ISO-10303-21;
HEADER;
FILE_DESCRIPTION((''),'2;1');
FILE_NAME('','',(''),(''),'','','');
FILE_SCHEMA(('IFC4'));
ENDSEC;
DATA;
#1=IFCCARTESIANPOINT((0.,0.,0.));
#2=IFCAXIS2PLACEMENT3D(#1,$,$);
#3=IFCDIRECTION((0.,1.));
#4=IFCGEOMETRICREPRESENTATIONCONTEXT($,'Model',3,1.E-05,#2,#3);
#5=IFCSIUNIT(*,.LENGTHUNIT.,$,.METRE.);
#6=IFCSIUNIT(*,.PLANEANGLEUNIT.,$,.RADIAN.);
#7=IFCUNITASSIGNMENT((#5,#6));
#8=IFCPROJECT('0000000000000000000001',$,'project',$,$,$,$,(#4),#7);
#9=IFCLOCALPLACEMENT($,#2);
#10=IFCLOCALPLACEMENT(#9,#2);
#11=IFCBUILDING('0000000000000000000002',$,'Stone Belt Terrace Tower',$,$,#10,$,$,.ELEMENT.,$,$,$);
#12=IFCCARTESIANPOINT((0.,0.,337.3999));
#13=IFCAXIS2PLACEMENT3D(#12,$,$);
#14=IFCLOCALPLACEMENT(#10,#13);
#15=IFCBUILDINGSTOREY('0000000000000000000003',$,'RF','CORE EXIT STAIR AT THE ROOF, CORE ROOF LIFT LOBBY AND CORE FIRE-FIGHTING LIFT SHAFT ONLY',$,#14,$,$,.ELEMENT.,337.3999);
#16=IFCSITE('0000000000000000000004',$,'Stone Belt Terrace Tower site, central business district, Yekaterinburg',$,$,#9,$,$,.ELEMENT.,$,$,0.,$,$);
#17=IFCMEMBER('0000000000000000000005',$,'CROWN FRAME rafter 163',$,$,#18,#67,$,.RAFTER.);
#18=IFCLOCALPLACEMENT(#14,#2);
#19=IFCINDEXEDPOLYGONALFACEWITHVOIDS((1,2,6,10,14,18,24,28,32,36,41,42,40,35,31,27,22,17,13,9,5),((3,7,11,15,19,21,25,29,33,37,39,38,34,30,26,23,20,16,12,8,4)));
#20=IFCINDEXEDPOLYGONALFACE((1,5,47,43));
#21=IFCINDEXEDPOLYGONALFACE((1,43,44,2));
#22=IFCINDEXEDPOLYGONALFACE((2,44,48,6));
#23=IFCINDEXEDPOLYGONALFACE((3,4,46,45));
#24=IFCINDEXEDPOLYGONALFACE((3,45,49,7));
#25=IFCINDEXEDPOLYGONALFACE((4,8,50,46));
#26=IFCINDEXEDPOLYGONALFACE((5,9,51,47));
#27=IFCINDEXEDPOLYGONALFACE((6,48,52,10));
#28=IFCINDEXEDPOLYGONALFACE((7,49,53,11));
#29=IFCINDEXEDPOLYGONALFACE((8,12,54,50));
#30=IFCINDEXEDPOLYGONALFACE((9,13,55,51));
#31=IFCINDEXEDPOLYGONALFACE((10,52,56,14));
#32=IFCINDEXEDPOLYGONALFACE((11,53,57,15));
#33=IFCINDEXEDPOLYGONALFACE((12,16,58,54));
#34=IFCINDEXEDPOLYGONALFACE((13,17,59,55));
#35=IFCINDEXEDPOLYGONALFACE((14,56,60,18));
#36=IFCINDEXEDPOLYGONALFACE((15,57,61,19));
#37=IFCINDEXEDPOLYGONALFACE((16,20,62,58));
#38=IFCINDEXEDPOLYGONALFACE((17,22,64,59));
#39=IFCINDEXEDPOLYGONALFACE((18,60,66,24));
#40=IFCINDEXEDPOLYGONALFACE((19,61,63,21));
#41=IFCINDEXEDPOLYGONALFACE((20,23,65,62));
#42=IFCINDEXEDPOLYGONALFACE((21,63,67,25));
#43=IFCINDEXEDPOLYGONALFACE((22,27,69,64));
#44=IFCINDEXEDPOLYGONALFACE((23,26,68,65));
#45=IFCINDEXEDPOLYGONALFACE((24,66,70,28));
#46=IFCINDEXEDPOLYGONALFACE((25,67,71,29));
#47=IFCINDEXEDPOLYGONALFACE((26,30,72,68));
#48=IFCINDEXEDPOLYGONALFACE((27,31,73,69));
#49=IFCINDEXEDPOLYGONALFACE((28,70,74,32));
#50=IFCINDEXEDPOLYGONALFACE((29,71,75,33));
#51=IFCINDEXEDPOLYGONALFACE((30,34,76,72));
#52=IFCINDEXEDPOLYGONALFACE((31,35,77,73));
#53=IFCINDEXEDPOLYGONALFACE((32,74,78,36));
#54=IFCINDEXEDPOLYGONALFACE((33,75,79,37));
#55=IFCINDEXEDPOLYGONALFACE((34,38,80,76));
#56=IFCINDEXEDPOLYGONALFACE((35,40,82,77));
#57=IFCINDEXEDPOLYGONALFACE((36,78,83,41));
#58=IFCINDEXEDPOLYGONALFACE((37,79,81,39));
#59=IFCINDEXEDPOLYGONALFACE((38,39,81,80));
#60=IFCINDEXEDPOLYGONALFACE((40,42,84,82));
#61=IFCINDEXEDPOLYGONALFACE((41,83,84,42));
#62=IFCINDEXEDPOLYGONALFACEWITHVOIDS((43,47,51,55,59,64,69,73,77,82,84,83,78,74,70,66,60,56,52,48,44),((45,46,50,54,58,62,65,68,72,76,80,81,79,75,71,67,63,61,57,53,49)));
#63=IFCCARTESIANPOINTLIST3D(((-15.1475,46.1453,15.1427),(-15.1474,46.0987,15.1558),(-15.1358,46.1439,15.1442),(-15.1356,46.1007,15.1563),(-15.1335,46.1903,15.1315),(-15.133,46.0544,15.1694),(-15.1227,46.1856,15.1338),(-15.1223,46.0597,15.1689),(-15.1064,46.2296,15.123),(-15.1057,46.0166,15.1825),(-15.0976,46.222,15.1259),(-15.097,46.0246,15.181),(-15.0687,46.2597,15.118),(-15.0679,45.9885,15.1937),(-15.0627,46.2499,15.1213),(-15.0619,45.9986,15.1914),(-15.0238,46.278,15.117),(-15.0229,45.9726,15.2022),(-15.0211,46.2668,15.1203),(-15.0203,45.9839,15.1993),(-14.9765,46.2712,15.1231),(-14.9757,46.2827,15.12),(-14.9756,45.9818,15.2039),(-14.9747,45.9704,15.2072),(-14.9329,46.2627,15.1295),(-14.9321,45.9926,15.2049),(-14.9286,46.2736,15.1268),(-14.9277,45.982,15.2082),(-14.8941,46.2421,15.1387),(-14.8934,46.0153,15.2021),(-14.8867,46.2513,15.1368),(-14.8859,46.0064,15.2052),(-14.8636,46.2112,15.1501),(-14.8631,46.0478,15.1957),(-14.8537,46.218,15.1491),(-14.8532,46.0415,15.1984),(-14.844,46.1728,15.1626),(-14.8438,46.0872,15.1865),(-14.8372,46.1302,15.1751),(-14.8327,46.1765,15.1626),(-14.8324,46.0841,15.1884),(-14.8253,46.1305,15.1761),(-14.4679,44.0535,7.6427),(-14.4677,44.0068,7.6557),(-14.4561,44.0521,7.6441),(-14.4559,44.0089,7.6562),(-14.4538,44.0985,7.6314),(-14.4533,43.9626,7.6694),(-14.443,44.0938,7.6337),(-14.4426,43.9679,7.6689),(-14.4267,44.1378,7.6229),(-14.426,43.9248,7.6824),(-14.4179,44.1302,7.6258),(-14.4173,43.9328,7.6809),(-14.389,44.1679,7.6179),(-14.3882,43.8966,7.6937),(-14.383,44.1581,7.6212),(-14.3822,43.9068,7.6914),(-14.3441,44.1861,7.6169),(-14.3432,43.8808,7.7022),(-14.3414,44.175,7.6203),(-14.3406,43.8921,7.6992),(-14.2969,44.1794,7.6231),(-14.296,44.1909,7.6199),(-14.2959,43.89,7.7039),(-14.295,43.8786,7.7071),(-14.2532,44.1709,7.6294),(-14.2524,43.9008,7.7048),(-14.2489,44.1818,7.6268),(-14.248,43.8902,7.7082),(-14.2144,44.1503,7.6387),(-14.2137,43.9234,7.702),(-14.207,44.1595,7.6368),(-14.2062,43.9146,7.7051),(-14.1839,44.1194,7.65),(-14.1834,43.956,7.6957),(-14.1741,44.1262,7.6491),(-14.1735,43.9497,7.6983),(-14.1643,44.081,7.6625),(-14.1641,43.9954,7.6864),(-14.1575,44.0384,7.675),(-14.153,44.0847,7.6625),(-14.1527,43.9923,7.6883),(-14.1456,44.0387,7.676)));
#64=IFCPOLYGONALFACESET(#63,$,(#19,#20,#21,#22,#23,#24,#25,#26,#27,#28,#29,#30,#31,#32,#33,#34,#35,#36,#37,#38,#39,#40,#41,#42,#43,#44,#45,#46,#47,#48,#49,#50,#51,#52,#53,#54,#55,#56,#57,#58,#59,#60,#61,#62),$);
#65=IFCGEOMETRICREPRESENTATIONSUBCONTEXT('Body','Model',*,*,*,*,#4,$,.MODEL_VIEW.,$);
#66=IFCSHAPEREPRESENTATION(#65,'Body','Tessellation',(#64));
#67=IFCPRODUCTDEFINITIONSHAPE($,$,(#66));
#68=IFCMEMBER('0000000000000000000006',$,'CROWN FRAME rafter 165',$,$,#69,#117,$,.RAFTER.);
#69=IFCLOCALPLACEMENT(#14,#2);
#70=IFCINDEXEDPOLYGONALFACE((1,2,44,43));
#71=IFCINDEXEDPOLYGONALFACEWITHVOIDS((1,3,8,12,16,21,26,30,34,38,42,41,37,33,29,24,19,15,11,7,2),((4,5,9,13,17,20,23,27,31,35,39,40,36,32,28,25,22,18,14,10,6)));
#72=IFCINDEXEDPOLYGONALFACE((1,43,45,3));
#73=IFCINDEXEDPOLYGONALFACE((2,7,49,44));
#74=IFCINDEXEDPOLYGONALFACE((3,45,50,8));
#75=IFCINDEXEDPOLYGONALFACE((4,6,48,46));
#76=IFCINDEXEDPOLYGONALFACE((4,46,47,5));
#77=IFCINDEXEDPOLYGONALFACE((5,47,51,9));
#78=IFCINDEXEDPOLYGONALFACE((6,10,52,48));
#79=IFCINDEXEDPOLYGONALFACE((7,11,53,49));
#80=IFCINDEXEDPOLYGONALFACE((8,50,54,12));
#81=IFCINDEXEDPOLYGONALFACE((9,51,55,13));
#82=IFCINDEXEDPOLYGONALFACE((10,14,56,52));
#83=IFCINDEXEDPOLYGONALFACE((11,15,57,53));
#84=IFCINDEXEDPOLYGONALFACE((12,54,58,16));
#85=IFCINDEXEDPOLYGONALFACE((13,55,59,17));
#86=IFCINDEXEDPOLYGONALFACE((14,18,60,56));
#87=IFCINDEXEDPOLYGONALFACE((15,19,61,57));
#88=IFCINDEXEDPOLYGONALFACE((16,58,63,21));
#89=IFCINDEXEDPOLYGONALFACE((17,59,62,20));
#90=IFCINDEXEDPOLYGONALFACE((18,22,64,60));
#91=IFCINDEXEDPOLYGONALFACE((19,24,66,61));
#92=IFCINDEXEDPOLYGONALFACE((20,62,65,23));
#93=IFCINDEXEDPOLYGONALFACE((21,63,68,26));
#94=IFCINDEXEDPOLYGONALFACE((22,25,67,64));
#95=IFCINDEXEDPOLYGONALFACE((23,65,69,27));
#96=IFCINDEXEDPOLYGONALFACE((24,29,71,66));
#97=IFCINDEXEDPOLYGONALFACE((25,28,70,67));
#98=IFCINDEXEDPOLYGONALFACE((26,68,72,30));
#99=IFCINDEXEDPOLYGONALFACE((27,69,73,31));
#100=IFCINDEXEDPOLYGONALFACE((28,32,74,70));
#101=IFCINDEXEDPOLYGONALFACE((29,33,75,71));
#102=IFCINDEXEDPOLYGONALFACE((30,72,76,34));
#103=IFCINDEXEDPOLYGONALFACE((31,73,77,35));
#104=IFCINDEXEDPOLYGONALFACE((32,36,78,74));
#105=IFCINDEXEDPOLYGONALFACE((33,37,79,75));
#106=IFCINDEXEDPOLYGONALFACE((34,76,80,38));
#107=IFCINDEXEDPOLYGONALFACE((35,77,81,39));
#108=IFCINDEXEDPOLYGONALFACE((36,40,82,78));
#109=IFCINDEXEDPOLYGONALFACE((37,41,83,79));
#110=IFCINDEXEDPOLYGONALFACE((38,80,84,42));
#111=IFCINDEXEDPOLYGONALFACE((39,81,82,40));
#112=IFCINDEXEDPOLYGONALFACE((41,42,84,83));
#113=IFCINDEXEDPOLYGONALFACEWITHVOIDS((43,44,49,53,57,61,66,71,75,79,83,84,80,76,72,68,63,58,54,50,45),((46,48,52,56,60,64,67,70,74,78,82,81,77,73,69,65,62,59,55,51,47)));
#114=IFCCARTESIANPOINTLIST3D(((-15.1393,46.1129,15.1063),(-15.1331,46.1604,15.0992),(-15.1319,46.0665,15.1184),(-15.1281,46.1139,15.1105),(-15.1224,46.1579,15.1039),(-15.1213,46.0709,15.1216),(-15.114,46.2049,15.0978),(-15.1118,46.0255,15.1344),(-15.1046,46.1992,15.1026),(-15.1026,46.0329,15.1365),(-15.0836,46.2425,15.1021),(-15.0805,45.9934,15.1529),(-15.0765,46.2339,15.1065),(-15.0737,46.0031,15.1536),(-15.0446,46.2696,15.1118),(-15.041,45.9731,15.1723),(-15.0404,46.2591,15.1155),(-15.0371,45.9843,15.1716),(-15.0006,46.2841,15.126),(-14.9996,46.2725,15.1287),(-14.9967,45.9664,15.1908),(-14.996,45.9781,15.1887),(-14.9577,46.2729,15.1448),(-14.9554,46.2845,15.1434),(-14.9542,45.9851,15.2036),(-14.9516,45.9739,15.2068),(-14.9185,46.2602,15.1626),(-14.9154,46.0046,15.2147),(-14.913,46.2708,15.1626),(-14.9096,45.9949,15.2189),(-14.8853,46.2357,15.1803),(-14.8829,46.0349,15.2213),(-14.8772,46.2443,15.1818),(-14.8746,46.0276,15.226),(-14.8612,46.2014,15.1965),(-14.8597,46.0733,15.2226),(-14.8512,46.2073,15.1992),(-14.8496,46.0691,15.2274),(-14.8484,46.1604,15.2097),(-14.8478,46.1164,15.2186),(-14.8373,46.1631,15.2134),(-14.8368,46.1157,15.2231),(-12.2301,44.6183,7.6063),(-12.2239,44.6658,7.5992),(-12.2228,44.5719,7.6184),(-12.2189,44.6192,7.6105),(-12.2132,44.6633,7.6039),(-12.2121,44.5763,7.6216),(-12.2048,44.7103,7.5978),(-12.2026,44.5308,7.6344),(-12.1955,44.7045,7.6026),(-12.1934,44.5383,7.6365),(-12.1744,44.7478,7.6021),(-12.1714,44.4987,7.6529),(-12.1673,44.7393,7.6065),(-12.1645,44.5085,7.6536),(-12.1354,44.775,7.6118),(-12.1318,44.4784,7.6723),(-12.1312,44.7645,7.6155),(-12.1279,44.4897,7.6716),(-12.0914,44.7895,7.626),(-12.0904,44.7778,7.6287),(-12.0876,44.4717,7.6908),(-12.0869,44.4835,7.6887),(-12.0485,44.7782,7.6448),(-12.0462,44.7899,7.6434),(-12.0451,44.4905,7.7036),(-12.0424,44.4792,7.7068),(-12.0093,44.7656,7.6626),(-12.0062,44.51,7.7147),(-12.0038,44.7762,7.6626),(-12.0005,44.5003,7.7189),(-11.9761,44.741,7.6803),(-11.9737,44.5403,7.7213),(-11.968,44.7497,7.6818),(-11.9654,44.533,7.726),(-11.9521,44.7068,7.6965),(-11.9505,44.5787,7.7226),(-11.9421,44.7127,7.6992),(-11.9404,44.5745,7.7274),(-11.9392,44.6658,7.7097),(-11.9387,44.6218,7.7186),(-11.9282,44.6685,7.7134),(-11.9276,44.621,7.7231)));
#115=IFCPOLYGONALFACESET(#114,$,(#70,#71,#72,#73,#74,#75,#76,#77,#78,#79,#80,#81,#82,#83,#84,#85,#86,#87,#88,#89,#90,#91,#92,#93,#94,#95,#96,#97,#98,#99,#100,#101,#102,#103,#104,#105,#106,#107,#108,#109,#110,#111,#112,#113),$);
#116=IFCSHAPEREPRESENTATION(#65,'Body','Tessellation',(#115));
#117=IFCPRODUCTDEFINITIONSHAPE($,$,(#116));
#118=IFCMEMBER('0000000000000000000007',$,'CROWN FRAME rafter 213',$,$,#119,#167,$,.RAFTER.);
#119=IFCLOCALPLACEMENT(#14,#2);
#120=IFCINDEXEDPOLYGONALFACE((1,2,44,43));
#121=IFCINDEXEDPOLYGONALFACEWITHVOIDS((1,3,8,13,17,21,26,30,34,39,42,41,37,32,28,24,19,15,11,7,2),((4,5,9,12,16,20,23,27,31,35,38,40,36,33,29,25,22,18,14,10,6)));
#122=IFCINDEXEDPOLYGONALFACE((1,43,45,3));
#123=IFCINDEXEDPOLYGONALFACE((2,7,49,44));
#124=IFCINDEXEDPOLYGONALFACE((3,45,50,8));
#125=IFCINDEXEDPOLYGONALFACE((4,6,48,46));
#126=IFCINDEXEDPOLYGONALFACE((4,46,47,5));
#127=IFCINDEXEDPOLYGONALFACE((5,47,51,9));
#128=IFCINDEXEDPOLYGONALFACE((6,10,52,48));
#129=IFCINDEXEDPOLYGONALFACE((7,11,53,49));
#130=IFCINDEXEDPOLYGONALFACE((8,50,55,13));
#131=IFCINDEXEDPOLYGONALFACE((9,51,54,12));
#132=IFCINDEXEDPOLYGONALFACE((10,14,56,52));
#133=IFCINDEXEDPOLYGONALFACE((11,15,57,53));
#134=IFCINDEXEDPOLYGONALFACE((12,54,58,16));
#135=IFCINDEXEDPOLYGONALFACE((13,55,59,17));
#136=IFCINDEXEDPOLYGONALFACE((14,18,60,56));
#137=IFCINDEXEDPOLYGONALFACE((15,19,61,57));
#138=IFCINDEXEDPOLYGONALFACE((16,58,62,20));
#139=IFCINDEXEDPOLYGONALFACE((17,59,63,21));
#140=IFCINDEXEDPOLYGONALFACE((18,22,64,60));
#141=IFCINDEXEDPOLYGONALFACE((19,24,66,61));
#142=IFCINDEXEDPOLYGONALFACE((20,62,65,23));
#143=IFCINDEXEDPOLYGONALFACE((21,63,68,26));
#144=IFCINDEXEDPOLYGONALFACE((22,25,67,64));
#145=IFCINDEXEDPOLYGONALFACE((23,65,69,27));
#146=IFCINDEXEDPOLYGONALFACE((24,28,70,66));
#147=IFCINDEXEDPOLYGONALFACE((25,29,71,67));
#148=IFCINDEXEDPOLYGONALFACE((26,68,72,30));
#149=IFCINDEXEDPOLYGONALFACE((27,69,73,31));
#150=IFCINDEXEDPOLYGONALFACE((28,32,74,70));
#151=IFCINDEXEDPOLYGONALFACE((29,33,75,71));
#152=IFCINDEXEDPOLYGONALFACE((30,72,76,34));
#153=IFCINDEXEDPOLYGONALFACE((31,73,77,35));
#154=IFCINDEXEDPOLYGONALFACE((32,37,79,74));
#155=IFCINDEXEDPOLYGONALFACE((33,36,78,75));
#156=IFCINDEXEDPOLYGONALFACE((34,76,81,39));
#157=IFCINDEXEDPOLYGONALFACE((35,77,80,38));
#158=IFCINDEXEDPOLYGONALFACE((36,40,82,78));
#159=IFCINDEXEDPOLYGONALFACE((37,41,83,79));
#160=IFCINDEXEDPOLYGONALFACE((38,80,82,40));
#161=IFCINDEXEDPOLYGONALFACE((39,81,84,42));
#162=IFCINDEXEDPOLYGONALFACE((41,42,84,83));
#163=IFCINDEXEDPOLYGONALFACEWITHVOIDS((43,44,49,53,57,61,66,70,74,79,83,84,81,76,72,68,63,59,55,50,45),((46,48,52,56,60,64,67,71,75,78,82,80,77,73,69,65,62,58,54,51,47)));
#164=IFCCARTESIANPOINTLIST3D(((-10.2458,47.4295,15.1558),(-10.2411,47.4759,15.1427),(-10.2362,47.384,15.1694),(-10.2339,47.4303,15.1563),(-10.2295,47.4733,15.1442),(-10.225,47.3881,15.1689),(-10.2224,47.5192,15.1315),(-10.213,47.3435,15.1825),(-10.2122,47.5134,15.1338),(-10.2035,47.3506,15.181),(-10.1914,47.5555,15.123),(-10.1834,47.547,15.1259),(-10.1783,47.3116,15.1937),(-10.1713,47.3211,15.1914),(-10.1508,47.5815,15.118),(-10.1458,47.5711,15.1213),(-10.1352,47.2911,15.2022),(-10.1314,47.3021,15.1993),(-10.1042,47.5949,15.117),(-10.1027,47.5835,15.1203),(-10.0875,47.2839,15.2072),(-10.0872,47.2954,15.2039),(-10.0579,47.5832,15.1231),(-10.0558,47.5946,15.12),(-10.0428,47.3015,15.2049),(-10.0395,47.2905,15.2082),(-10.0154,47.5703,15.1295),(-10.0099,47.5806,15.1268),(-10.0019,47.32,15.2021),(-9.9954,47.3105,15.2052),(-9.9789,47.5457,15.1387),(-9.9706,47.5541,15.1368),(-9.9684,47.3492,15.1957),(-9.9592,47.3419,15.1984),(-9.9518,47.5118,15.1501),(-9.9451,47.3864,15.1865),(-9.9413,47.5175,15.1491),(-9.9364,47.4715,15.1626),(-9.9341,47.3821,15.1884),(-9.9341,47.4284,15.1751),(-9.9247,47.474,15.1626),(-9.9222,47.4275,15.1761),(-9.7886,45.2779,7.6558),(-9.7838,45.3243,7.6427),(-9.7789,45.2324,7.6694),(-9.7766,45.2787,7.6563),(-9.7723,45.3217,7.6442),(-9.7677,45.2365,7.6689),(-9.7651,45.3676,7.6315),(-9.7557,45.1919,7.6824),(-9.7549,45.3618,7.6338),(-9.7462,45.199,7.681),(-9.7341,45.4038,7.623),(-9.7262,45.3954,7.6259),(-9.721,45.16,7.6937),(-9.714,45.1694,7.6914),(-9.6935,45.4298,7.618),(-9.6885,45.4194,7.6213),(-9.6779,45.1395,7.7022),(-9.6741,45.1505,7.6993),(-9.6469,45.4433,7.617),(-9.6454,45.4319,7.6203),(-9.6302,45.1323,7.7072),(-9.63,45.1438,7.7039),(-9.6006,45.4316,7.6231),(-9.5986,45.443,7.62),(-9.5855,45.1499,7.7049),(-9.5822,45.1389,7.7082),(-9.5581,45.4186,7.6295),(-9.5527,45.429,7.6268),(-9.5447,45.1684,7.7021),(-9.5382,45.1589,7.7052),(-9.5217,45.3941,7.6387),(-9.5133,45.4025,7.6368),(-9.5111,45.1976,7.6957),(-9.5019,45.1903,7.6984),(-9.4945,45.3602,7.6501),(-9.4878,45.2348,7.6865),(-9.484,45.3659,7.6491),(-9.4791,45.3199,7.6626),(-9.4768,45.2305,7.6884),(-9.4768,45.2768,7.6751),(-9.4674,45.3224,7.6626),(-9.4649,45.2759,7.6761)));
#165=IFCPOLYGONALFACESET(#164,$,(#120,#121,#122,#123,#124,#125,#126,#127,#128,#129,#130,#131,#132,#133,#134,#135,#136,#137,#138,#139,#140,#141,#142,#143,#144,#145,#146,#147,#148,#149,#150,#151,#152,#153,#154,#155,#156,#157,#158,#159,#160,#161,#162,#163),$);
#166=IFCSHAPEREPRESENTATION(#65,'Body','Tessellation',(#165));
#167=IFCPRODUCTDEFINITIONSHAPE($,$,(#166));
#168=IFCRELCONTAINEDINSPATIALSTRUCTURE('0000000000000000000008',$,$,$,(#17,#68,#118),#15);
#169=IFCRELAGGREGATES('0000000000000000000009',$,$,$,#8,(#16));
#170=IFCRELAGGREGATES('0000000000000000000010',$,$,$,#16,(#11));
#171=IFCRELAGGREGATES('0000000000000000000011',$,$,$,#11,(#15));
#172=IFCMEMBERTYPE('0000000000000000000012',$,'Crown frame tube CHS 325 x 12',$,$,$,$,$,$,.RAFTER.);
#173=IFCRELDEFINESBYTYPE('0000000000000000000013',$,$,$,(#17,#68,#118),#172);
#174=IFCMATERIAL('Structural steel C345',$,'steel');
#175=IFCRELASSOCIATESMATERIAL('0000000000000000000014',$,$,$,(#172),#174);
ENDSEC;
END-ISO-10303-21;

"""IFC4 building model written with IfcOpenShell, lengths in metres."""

from ifc_helpers import new_model, si_unit, direction, frame, origin, origin_2d, place, context, subcontext, project, spatial, hollow_circle, extrude, material, material_profile, profile_set, type_object, element, save


model = new_model("IFC4")

# Units and contexts
model_context = context("Model", 3, precision=1e-05, world=origin(), true_north=direction((0.0, 1.0)))
body_context = subcontext(model_context, "Body", "Model", "MODEL_VIEW")
ifc_project = project(units=[si_unit("LENGTHUNIT", "METRE"), si_unit("PLANEANGLEUNIT", "RADIAN")], contexts=[model_context])

# Site, building, storey
site_placement = place(None, origin())
site = spatial("IfcSite", under=ifc_project, at=site_placement, Name="Stone Belt Terrace Tower site, central business district, Yekaterinburg", CompositionType="ELEMENT", RefElevation=0.0)
building_placement = place(site_placement, origin())
building = spatial("IfcBuilding", under=site, at=building_placement, Name="Stone Belt Terrace Tower", CompositionType="ELEMENT")
storey_placement = place(building_placement, frame((0.0, 0.0, 337.3999)))
storey = spatial("IfcBuildingStorey", under=building, at=storey_placement, Name="RF", Description="CORE EXIT STAIR AT THE ROOF, CORE ROOF LIFT LOBBY AND CORE FIRE-FIGHTING LIFT SHAFT ONLY", CompositionType="ELEMENT", Elevation=337.3999)

# Members
ifc_material_1 = material(Name="Structural steel C345", Category="steel")
ifc_material_profile_1 = material_profile(ifc_material_1, hollow_circle(Radius=0.1626, WallThickness=0.012, at=origin_2d()), Name="Structural steel C345 CHS 325x12")
ifc_profile_set_1 = profile_set([ifc_material_profile_1], Name="Structural steel C345")
member_type_1 = type_object("IfcMemberType", Name="Crown frame tube CHS 325 x 12", PredefinedType="RAFTER", material=ifc_profile_set_1)
member_1_placement = place(storey_placement, frame((-14.9873, 46.1262, 15.1626), z_axis=(0.086963, -0.267635, -0.959588), x_axis=(0.951054, 0.309026, 0.0)))
element("IfcMember", 1, at=member_1_placement, inside=storey, type_object=member_type_1, Name="CROWN FRAME rafter 163", PredefinedType="RAFTER", context=body_context, shape_type="SweptSolid", body=[
    extrude(hollow_circle(Radius=0.1626, WallThickness=0.012, at=origin_2d()), origin(), (0.0, 0.0, 1.0), 7.8159),
])
member_2_placement = place(storey_placement, frame((-14.9873, 46.1262, 15.1626), z_axis=(0.355553, -0.18267, -0.916632), x_axis=(0.45698, 0.889477, 0.0)))
element("IfcMember", 2, at=member_2_placement, inside=storey, type_object=member_type_1, Name="CROWN FRAME rafter 165", PredefinedType="RAFTER", context=body_context, shape_type="SweptSolid", body=[
    extrude(hollow_circle(Radius=0.1626, WallThickness=0.012, at=origin_2d()), origin(), (0.0, 0.0, 1.0), 8.1821),
])
member_3_placement = place(storey_placement, frame((-10.0837, 47.4402, 15.1626), z_axis=(0.058506, -0.275286, -0.959581), x_axis=(0.978153, 0.207884, 0.0)))
element("IfcMember", 3, at=member_3_placement, inside=storey, type_object=member_type_1, Name="CROWN FRAME rafter 213", PredefinedType="RAFTER", context=body_context, shape_type="SweptSolid", body=[
    extrude(hollow_circle(Radius=0.1626, WallThickness=0.012, at=origin_2d()), origin(), (0.0, 0.0, 1.0), 7.8159),
])

save(model, "model.ifc")
